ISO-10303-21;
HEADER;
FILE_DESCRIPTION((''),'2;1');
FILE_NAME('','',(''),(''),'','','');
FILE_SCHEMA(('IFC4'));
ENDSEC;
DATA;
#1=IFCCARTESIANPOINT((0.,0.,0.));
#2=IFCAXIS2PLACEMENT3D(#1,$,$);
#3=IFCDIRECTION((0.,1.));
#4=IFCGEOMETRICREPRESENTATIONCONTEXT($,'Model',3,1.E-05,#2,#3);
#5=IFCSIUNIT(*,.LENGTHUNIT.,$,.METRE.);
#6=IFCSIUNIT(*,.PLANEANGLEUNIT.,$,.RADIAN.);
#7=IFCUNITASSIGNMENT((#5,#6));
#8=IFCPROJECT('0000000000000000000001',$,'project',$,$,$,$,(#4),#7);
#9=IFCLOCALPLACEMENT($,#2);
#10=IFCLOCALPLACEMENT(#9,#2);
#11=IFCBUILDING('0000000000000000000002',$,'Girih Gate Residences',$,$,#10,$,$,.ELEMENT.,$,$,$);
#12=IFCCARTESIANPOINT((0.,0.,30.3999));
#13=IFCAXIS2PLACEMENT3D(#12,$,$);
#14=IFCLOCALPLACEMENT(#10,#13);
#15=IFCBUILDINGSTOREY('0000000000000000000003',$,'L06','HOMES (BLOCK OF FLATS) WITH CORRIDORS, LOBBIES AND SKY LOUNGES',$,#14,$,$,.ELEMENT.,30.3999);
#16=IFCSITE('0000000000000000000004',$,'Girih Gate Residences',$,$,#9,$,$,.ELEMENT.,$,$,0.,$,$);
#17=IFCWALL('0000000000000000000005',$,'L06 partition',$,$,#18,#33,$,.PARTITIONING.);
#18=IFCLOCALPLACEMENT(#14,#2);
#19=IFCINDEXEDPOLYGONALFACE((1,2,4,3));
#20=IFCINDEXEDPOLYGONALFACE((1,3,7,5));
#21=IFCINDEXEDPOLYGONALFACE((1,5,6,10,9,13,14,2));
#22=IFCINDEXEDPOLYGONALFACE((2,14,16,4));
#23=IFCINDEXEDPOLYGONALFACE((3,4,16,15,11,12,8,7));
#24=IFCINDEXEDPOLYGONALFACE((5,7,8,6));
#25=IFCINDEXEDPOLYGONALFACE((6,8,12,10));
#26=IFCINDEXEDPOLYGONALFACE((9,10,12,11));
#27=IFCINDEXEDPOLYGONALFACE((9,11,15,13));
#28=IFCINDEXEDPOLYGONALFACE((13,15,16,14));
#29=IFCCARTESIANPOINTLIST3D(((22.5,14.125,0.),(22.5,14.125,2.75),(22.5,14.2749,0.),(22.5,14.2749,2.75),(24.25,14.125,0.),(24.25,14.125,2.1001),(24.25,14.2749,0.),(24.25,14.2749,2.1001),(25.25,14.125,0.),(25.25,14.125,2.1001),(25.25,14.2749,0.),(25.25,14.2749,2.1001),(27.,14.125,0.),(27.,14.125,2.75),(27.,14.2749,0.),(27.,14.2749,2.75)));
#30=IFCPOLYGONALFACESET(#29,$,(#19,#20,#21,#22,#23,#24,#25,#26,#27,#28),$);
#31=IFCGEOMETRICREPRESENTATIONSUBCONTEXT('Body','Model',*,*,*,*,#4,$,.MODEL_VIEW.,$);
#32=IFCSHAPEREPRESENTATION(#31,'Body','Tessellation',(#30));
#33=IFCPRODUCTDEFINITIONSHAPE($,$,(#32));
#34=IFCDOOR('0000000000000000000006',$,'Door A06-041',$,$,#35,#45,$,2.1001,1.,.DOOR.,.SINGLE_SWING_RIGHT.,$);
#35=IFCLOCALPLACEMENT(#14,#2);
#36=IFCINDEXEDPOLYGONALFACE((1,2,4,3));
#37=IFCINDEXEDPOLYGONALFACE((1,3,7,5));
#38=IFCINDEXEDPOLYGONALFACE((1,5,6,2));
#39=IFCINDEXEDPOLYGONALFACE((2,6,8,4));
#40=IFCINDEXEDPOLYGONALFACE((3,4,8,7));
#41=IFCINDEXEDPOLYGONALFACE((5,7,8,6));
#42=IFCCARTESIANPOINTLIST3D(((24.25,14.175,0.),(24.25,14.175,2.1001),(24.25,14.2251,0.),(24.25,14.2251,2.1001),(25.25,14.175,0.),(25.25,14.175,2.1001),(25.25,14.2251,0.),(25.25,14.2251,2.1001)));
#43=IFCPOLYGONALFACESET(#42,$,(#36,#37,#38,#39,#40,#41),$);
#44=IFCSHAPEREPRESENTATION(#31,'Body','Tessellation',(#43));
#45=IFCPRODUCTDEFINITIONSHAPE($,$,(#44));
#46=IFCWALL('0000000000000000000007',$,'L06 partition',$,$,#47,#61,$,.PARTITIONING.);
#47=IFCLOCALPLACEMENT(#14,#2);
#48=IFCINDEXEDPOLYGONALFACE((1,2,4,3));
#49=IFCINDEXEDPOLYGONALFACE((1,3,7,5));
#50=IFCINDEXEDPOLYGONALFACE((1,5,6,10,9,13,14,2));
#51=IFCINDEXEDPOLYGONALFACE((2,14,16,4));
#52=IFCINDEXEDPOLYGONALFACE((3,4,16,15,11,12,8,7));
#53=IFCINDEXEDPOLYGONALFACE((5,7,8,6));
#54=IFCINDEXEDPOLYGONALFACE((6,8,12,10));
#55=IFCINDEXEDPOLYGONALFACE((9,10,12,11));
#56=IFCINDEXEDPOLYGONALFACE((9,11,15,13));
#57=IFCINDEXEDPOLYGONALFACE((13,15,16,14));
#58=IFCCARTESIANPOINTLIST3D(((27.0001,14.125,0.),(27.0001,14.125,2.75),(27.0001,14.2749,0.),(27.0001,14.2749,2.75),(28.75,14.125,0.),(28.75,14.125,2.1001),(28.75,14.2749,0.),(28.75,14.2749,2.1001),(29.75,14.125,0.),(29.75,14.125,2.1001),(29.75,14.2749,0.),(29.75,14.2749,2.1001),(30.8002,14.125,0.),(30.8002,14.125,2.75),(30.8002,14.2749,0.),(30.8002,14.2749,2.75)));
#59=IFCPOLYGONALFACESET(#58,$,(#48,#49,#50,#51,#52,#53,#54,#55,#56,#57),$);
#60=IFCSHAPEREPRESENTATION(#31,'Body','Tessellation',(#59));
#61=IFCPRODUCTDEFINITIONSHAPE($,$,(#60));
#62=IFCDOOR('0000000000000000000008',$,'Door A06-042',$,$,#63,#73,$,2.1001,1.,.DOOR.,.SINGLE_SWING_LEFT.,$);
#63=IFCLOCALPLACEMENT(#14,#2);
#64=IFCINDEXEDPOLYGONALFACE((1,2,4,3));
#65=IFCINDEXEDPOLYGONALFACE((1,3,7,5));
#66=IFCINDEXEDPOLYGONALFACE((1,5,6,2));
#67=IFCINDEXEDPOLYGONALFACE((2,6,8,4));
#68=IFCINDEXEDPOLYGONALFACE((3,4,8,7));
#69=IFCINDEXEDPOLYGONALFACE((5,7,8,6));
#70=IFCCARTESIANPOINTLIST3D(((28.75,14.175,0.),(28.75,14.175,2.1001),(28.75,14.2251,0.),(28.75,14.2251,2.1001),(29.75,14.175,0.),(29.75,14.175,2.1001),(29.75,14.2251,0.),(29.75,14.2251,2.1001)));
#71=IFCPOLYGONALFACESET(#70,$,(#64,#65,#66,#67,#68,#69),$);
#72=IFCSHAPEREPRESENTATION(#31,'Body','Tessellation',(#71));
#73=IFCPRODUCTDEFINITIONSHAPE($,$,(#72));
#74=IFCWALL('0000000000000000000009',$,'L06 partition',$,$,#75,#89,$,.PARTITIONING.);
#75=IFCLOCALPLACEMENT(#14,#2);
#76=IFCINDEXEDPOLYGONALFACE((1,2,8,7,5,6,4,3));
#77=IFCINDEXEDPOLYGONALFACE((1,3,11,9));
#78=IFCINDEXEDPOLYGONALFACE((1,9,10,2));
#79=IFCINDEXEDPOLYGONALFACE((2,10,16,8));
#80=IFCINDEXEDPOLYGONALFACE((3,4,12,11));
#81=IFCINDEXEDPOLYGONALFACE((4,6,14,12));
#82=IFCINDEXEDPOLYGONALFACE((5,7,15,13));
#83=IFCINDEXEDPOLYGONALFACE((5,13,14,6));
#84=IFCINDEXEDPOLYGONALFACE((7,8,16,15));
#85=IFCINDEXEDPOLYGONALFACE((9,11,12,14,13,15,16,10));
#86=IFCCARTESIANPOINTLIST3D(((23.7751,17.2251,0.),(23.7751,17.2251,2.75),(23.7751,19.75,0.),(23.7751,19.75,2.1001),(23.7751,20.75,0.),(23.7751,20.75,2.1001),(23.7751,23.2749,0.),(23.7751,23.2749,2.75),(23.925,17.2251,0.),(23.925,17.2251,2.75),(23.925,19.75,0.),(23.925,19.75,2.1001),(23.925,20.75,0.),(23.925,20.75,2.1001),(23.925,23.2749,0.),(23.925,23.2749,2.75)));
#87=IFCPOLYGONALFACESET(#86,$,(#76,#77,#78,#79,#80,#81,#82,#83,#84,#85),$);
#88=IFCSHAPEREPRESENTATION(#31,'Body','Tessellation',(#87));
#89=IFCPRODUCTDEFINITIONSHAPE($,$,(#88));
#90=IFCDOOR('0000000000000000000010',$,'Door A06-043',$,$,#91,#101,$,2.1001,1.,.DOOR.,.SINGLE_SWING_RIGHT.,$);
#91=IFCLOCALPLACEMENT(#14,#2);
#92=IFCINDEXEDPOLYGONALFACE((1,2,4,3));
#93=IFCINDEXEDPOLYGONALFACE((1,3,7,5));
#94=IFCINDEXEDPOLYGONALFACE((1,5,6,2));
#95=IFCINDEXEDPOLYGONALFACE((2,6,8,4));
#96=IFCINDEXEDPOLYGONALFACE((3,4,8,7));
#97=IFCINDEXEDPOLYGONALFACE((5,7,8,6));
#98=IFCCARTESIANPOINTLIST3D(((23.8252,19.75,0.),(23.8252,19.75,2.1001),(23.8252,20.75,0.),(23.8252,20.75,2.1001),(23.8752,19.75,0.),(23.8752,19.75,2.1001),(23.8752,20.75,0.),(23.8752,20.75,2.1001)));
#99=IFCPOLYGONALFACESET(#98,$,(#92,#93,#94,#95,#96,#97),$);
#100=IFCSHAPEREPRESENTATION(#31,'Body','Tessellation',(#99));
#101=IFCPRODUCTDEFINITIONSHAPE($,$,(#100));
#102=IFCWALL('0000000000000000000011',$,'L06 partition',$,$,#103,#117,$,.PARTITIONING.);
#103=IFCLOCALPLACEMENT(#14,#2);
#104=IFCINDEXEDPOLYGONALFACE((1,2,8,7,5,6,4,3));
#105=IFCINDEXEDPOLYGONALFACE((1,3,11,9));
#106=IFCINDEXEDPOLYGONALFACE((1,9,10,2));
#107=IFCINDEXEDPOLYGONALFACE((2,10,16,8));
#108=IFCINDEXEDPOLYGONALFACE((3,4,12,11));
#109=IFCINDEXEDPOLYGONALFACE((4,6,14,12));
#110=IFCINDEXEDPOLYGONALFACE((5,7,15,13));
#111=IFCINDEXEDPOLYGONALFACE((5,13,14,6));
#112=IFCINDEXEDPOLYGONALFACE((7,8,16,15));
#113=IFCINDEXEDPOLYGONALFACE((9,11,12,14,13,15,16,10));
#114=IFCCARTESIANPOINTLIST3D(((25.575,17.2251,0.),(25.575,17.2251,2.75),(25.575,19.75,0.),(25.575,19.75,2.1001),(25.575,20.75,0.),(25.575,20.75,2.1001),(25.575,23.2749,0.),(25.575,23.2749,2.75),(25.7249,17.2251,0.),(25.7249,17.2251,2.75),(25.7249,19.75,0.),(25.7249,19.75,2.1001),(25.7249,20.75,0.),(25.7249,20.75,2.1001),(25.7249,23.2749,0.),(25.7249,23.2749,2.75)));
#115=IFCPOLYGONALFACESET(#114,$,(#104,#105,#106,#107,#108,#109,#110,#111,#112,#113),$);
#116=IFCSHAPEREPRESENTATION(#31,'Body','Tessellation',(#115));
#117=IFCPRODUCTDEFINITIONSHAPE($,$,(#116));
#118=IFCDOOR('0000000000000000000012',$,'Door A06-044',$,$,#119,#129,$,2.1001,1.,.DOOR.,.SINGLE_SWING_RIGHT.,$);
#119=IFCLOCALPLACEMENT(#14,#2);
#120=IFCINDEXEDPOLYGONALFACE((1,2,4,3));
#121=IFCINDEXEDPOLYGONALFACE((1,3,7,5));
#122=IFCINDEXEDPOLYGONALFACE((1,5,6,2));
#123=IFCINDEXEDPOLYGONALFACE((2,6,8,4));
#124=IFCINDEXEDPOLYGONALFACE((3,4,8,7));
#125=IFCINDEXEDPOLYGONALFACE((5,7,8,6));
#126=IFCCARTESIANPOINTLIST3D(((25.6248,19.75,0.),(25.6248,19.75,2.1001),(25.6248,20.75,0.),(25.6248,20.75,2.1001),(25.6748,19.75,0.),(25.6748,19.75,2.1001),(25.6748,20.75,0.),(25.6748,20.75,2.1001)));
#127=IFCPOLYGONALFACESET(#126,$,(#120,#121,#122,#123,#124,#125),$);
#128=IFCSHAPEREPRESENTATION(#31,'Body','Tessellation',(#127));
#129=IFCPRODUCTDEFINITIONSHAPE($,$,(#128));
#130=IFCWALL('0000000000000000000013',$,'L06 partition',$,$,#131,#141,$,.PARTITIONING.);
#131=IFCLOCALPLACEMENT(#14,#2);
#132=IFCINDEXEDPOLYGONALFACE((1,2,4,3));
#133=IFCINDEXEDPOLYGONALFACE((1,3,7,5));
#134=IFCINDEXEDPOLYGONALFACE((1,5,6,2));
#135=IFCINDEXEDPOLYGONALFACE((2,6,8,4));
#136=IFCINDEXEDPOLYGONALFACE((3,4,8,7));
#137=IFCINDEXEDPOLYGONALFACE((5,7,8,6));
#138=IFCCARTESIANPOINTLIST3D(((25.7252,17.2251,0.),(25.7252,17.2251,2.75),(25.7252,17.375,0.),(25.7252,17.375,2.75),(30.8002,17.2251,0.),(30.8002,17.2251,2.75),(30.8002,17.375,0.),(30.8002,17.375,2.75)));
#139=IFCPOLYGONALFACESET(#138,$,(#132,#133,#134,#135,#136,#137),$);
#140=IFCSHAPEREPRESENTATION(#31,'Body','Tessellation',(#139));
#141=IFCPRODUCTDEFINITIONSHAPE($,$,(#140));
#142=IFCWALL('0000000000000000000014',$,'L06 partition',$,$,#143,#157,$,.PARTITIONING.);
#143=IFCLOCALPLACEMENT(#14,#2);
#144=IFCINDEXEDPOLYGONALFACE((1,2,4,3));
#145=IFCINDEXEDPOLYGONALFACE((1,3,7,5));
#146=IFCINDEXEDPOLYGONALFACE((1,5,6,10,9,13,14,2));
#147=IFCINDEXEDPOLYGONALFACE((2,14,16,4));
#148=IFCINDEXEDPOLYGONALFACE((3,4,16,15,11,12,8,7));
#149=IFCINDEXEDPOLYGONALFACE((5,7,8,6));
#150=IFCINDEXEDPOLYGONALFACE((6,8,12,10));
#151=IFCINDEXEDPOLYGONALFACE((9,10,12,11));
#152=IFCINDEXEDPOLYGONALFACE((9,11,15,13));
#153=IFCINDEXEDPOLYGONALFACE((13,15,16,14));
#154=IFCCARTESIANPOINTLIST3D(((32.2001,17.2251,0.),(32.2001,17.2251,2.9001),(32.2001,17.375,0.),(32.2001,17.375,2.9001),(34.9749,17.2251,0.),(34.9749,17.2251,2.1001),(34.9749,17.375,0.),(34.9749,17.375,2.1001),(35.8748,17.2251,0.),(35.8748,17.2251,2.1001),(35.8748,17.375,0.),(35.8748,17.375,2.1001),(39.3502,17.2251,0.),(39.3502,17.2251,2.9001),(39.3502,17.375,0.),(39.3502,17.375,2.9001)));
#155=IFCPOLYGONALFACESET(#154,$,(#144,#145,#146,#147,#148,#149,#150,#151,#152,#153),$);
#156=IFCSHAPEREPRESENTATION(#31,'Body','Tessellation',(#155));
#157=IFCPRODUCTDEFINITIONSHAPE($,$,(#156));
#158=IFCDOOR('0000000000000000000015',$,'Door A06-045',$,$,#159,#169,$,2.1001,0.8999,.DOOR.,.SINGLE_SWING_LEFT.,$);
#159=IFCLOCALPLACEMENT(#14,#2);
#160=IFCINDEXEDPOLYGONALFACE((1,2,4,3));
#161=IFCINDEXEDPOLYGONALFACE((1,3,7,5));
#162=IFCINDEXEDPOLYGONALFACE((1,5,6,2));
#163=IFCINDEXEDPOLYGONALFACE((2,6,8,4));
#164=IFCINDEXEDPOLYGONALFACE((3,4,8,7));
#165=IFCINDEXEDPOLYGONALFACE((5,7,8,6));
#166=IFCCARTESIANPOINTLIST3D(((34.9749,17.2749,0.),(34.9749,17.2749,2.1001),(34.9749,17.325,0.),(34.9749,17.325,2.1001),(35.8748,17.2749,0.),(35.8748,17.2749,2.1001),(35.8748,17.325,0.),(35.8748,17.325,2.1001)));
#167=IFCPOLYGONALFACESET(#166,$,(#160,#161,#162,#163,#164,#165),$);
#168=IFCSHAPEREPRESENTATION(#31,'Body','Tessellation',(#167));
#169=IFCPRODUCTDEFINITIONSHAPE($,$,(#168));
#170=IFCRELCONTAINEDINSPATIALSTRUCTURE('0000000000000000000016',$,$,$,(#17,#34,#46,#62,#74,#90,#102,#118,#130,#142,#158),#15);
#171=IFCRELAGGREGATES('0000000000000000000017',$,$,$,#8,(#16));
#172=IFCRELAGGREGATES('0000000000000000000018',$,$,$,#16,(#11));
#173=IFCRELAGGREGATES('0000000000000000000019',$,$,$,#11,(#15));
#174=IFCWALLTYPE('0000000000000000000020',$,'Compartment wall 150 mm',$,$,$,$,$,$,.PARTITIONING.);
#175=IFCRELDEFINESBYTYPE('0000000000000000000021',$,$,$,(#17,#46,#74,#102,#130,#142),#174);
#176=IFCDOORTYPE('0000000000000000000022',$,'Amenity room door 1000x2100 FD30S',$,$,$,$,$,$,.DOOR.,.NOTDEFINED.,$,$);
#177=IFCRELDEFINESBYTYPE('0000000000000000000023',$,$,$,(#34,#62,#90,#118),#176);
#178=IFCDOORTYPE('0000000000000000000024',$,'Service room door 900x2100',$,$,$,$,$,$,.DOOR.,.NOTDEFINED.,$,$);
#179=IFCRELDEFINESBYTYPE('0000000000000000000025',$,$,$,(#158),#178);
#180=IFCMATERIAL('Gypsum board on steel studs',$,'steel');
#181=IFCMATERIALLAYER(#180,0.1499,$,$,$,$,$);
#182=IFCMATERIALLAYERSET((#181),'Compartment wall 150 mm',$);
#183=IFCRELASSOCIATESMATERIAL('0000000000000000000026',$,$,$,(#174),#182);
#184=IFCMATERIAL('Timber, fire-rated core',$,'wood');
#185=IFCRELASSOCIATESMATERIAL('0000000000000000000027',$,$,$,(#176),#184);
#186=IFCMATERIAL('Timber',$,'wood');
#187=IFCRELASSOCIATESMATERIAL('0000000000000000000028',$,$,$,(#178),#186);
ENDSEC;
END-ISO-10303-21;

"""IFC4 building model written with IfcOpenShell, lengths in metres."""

from ifc_helpers import new_model, si_unit, direction, frame, frame_2d, origin, place, context, subcontext, project, spatial, rectangle, extrude, material, layer, layer_set, type_object, element, fill, save


model = new_model("IFC4")

# Units and contexts
model_context = context("Model", 3, precision=1e-05, world=origin(), true_north=direction((0.0, 1.0)))
body_context = subcontext(model_context, "Body", "Model", "MODEL_VIEW")
ifc_project = project(units=[si_unit("LENGTHUNIT", "METRE"), si_unit("PLANEANGLEUNIT", "RADIAN")], contexts=[model_context])

# Site, building, storey
site_placement = place(None, origin())
site = spatial("IfcSite", under=ifc_project, at=site_placement, Name="Girih Gate Residences", CompositionType="ELEMENT", RefElevation=0.0)
building_placement = place(site_placement, origin())
building = spatial("IfcBuilding", under=site, at=building_placement, Name="Girih Gate Residences", CompositionType="ELEMENT")
storey_placement = place(building_placement, frame((0.0, 0.0, 30.3999)))
storey = spatial("IfcBuildingStorey", under=building, at=storey_placement, Name="L06", Description="HOMES (BLOCK OF FLATS) WITH CORRIDORS, LOBBIES AND SKY LOUNGES", CompositionType="ELEMENT", Elevation=30.3999)

# Shared definitions
ifc_material_1 = material(Name="Gypsum board on steel studs", Category="steel")
ifc_layer_1 = layer(ifc_material_1, 0.1499)
ifc_layer_set_1 = layer_set([ifc_layer_1], Name="Compartment wall 150 mm")
wall_type_1 = type_object("IfcWallType", Name="Compartment wall 150 mm", PredefinedType="PARTITIONING", material=ifc_layer_set_1)

# Walls, openings, doors
ifc_material_2 = material(Name="Timber, fire-rated core", Category="wood")
wall_1_placement = place(storey_placement, frame((27.0, 14.2, 0.0), z_axis=(0.0, 0.0, 1.0), x_axis=(-1.0, 0.0, 0.0)))
wall_1 = element("IfcWall", 1, at=wall_1_placement, inside=storey, type_object=wall_type_1, Name="L06 partition", PredefinedType="PARTITIONING", context=body_context, shape_type="SweptSolid", body=[
    extrude(rectangle(XDim=4.5, YDim=0.1499, at=frame_2d((2.25, 0.0))), origin(), (0.0, 0.0, 1.0), 2.75),
])
opening_1_placement = place(wall_1_placement, frame((1.75, 0.0, 0.0)))
opening_1 = element("IfcOpeningElement", 2, at=opening_1_placement, cuts=wall_1, PredefinedType="OPENING", context=body_context, shape_type="SweptSolid", body=[
    extrude(rectangle(XDim=1.0, YDim=2.1001, at=frame_2d((0.5, 1.05))), frame((0.0, 0.085, 0.0), z_axis=(0.0, -1.0, 0.0), x_axis=(1.0, 0.0, 0.0)), (0.0, 0.0, 1.0), 0.1699),
])
door_type_1 = type_object("IfcDoorType", Name="Amenity room door 1000x2100 FD30S", OperationType="NOTDEFINED", PredefinedType="DOOR", material=ifc_material_2)
door_1_placement = place(opening_1_placement, origin())
door_1 = element("IfcDoor", 3, at=door_1_placement, inside=storey, type_object=door_type_1, Name="Door A06-041", OperationType="SINGLE_SWING_RIGHT", OverallHeight=2.1001, OverallWidth=1.0, PredefinedType="DOOR", context=body_context, shape_type="SweptSolid", body=[
    extrude(rectangle(XDim=1.0, YDim=2.1001, at=frame_2d((0.5, 1.05))), frame((0.0, 0.0249, 0.0), z_axis=(0.0, -1.0, 0.0), x_axis=(1.0, 0.0, 0.0)), (0.0, 0.0, 1.0), 0.05),
])
fill(opening_1, door_1)
wall_2_placement = place(storey_placement, frame((30.8, 14.2, 0.0), z_axis=(0.0, 0.0, 1.0), x_axis=(-1.0, 0.0, 0.0)))
wall_2 = element("IfcWall", 4, at=wall_2_placement, inside=storey, type_object=wall_type_1, Name="L06 partition", PredefinedType="PARTITIONING", context=body_context, shape_type="SweptSolid", body=[
    extrude(rectangle(XDim=3.8, YDim=0.1499, at=frame_2d((1.8999, 0.0))), origin(), (0.0, 0.0, 1.0), 2.75),
])
opening_2_placement = place(wall_2_placement, frame((1.05, 0.0, 0.0)))
opening_2 = element("IfcOpeningElement", 5, at=opening_2_placement, cuts=wall_2, PredefinedType="OPENING", context=body_context, shape_type="SweptSolid", body=[
    extrude(rectangle(XDim=1.0, YDim=2.1001, at=frame_2d((0.5, 1.05))), frame((0.0, 0.085, 0.0), z_axis=(0.0, -1.0, 0.0), x_axis=(1.0, 0.0, 0.0)), (0.0, 0.0, 1.0), 0.1699),
])
door_2_placement = place(opening_2_placement, origin())
door_2 = element("IfcDoor", 6, at=door_2_placement, inside=storey, type_object=door_type_1, Name="Door A06-042", OperationType="SINGLE_SWING_LEFT", OverallHeight=2.1001, OverallWidth=1.0, PredefinedType="DOOR", context=body_context, shape_type="SweptSolid", body=[
    extrude(rectangle(XDim=1.0, YDim=2.1001, at=frame_2d((0.5, 1.05))), frame((0.0, 0.0249, 0.0), z_axis=(0.0, -1.0, 0.0), x_axis=(1.0, 0.0, 0.0)), (0.0, 0.0, 1.0), 0.05),
])
fill(opening_2, door_2)
wall_3_placement = place(storey_placement, frame((23.8501, 17.2251, 0.0), z_axis=(0.0, 0.0, 1.0), x_axis=(0.0, 1.0, 0.0)))
wall_3 = element("IfcWall", 7, at=wall_3_placement, inside=storey, type_object=wall_type_1, Name="L06 partition", PredefinedType="PARTITIONING", context=body_context, shape_type="SweptSolid", body=[
    extrude(rectangle(XDim=6.0498, YDim=0.1499, at=frame_2d((3.0249, 0.0))), origin(), (0.0, 0.0, 1.0), 2.75),
])
opening_3_placement = place(wall_3_placement, frame((2.5249, 0.0, 0.0)))
opening_3 = element("IfcOpeningElement", 8, at=opening_3_placement, cuts=wall_3, PredefinedType="OPENING", context=body_context, shape_type="SweptSolid", body=[
    extrude(rectangle(XDim=1.0, YDim=2.1001, at=frame_2d((0.5, 1.05))), frame((0.0, 0.085, 0.0), z_axis=(0.0, -1.0, 0.0), x_axis=(1.0, 0.0, 0.0)), (0.0, 0.0, 1.0), 0.1699),
])
door_3_placement = place(opening_3_placement, origin())
door_3 = element("IfcDoor", 9, at=door_3_placement, inside=storey, type_object=door_type_1, Name="Door A06-043", OperationType="SINGLE_SWING_RIGHT", OverallHeight=2.1001, OverallWidth=1.0, PredefinedType="DOOR", context=body_context, shape_type="SweptSolid", body=[
    extrude(rectangle(XDim=1.0, YDim=2.1001, at=frame_2d((0.5, 1.05))), frame((0.0, 0.0249, 0.0), z_axis=(0.0, -1.0, 0.0), x_axis=(1.0, 0.0, 0.0)), (0.0, 0.0, 1.0), 0.05),
])
fill(opening_3, door_3)
wall_4_placement = place(storey_placement, frame((25.6499, 23.2749, 0.0), z_axis=(0.0, 0.0, 1.0), x_axis=(0.0, -1.0, 0.0)))
wall_4 = element("IfcWall", 10, at=wall_4_placement, inside=storey, type_object=wall_type_1, Name="L06 partition", PredefinedType="PARTITIONING", context=body_context, shape_type="SweptSolid", body=[
    extrude(rectangle(XDim=6.0498, YDim=0.1499, at=frame_2d((3.0249, 0.0))), origin(), (0.0, 0.0, 1.0), 2.75),
])
opening_4_placement = place(wall_4_placement, frame((2.5249, 0.0, 0.0)))
opening_4 = element("IfcOpeningElement", 11, at=opening_4_placement, cuts=wall_4, PredefinedType="OPENING", context=body_context, shape_type="SweptSolid", body=[
    extrude(rectangle(XDim=1.0, YDim=2.1001, at=frame_2d((0.5, 1.05))), frame((0.0, 0.085, 0.0), z_axis=(0.0, -1.0, 0.0), x_axis=(1.0, 0.0, 0.0)), (0.0, 0.0, 1.0), 0.1699),
])
door_4_placement = place(opening_4_placement, origin())
door_4 = element("IfcDoor", 12, at=door_4_placement, inside=storey, type_object=door_type_1, Name="Door A06-044", OperationType="SINGLE_SWING_RIGHT", OverallHeight=2.1001, OverallWidth=1.0, PredefinedType="DOOR", context=body_context, shape_type="SweptSolid", body=[
    extrude(rectangle(XDim=1.0, YDim=2.1001, at=frame_2d((0.5, 1.05))), frame((0.0, 0.0249, 0.0), z_axis=(0.0, -1.0, 0.0), x_axis=(1.0, 0.0, 0.0)), (0.0, 0.0, 1.0), 0.05),
])
fill(opening_4, door_4)

# Wall
wall_5_placement = place(storey_placement, frame((25.7251, 17.3, 0.0), z_axis=(0.0, 0.0, 1.0), x_axis=(1.0, 0.0, 0.0)))
element("IfcWall", 13, at=wall_5_placement, inside=storey, type_object=wall_type_1, Name="L06 partition", PredefinedType="PARTITIONING", context=body_context, shape_type="SweptSolid", body=[
    extrude(rectangle(XDim=5.075, YDim=0.1499, at=frame_2d((2.5376, 0.0))), origin(), (0.0, 0.0, 1.0), 2.75),
])

# Wall, opening, door
wall_6_placement = place(storey_placement, frame((32.2, 17.3, 0.0), z_axis=(0.0, 0.0, 1.0), x_axis=(1.0, 0.0, 0.0)))
wall_6 = element("IfcWall", 14, at=wall_6_placement, inside=storey, type_object=wall_type_1, Name="L06 partition", PredefinedType="PARTITIONING", context=body_context, shape_type="SweptSolid", body=[
    extrude(rectangle(XDim=7.1501, YDim=0.1499, at=frame_2d((3.5752, 0.0))), origin(), (0.0, 0.0, 1.0), 2.9001),
])
opening_5_placement = place(wall_6_placement, frame((2.7749, 0.0, 0.0)))
opening_5 = element("IfcOpeningElement", 15, at=opening_5_placement, cuts=wall_6, PredefinedType="OPENING", context=body_context, shape_type="SweptSolid", body=[
    extrude(rectangle(XDim=0.8999, YDim=2.1001, at=frame_2d((0.45, 1.05))), frame((0.0, 0.085, 0.0), z_axis=(0.0, -1.0, 0.0), x_axis=(1.0, 0.0, 0.0)), (0.0, 0.0, 1.0), 0.1699),
])
ifc_material_3 = material(Name="Timber", Category="wood")
door_type_2 = type_object("IfcDoorType", Name="Service room door 900x2100", OperationType="NOTDEFINED", PredefinedType="DOOR", material=ifc_material_3)
door_5_placement = place(opening_5_placement, origin())
door_5 = element("IfcDoor", 16, at=door_5_placement, inside=storey, type_object=door_type_2, Name="Door A06-045", OperationType="SINGLE_SWING_LEFT", OverallHeight=2.1001, OverallWidth=0.8999, PredefinedType="DOOR", context=body_context, shape_type="SweptSolid", body=[
    extrude(rectangle(XDim=0.8999, YDim=2.1001, at=frame_2d((0.45, 1.05))), frame((0.0, 0.0249, 0.0), z_axis=(0.0, -1.0, 0.0), x_axis=(1.0, 0.0, 0.0)), (0.0, 0.0, 1.0), 0.05),
])
fill(opening_5, door_5)

save(model, "model.ifc")
